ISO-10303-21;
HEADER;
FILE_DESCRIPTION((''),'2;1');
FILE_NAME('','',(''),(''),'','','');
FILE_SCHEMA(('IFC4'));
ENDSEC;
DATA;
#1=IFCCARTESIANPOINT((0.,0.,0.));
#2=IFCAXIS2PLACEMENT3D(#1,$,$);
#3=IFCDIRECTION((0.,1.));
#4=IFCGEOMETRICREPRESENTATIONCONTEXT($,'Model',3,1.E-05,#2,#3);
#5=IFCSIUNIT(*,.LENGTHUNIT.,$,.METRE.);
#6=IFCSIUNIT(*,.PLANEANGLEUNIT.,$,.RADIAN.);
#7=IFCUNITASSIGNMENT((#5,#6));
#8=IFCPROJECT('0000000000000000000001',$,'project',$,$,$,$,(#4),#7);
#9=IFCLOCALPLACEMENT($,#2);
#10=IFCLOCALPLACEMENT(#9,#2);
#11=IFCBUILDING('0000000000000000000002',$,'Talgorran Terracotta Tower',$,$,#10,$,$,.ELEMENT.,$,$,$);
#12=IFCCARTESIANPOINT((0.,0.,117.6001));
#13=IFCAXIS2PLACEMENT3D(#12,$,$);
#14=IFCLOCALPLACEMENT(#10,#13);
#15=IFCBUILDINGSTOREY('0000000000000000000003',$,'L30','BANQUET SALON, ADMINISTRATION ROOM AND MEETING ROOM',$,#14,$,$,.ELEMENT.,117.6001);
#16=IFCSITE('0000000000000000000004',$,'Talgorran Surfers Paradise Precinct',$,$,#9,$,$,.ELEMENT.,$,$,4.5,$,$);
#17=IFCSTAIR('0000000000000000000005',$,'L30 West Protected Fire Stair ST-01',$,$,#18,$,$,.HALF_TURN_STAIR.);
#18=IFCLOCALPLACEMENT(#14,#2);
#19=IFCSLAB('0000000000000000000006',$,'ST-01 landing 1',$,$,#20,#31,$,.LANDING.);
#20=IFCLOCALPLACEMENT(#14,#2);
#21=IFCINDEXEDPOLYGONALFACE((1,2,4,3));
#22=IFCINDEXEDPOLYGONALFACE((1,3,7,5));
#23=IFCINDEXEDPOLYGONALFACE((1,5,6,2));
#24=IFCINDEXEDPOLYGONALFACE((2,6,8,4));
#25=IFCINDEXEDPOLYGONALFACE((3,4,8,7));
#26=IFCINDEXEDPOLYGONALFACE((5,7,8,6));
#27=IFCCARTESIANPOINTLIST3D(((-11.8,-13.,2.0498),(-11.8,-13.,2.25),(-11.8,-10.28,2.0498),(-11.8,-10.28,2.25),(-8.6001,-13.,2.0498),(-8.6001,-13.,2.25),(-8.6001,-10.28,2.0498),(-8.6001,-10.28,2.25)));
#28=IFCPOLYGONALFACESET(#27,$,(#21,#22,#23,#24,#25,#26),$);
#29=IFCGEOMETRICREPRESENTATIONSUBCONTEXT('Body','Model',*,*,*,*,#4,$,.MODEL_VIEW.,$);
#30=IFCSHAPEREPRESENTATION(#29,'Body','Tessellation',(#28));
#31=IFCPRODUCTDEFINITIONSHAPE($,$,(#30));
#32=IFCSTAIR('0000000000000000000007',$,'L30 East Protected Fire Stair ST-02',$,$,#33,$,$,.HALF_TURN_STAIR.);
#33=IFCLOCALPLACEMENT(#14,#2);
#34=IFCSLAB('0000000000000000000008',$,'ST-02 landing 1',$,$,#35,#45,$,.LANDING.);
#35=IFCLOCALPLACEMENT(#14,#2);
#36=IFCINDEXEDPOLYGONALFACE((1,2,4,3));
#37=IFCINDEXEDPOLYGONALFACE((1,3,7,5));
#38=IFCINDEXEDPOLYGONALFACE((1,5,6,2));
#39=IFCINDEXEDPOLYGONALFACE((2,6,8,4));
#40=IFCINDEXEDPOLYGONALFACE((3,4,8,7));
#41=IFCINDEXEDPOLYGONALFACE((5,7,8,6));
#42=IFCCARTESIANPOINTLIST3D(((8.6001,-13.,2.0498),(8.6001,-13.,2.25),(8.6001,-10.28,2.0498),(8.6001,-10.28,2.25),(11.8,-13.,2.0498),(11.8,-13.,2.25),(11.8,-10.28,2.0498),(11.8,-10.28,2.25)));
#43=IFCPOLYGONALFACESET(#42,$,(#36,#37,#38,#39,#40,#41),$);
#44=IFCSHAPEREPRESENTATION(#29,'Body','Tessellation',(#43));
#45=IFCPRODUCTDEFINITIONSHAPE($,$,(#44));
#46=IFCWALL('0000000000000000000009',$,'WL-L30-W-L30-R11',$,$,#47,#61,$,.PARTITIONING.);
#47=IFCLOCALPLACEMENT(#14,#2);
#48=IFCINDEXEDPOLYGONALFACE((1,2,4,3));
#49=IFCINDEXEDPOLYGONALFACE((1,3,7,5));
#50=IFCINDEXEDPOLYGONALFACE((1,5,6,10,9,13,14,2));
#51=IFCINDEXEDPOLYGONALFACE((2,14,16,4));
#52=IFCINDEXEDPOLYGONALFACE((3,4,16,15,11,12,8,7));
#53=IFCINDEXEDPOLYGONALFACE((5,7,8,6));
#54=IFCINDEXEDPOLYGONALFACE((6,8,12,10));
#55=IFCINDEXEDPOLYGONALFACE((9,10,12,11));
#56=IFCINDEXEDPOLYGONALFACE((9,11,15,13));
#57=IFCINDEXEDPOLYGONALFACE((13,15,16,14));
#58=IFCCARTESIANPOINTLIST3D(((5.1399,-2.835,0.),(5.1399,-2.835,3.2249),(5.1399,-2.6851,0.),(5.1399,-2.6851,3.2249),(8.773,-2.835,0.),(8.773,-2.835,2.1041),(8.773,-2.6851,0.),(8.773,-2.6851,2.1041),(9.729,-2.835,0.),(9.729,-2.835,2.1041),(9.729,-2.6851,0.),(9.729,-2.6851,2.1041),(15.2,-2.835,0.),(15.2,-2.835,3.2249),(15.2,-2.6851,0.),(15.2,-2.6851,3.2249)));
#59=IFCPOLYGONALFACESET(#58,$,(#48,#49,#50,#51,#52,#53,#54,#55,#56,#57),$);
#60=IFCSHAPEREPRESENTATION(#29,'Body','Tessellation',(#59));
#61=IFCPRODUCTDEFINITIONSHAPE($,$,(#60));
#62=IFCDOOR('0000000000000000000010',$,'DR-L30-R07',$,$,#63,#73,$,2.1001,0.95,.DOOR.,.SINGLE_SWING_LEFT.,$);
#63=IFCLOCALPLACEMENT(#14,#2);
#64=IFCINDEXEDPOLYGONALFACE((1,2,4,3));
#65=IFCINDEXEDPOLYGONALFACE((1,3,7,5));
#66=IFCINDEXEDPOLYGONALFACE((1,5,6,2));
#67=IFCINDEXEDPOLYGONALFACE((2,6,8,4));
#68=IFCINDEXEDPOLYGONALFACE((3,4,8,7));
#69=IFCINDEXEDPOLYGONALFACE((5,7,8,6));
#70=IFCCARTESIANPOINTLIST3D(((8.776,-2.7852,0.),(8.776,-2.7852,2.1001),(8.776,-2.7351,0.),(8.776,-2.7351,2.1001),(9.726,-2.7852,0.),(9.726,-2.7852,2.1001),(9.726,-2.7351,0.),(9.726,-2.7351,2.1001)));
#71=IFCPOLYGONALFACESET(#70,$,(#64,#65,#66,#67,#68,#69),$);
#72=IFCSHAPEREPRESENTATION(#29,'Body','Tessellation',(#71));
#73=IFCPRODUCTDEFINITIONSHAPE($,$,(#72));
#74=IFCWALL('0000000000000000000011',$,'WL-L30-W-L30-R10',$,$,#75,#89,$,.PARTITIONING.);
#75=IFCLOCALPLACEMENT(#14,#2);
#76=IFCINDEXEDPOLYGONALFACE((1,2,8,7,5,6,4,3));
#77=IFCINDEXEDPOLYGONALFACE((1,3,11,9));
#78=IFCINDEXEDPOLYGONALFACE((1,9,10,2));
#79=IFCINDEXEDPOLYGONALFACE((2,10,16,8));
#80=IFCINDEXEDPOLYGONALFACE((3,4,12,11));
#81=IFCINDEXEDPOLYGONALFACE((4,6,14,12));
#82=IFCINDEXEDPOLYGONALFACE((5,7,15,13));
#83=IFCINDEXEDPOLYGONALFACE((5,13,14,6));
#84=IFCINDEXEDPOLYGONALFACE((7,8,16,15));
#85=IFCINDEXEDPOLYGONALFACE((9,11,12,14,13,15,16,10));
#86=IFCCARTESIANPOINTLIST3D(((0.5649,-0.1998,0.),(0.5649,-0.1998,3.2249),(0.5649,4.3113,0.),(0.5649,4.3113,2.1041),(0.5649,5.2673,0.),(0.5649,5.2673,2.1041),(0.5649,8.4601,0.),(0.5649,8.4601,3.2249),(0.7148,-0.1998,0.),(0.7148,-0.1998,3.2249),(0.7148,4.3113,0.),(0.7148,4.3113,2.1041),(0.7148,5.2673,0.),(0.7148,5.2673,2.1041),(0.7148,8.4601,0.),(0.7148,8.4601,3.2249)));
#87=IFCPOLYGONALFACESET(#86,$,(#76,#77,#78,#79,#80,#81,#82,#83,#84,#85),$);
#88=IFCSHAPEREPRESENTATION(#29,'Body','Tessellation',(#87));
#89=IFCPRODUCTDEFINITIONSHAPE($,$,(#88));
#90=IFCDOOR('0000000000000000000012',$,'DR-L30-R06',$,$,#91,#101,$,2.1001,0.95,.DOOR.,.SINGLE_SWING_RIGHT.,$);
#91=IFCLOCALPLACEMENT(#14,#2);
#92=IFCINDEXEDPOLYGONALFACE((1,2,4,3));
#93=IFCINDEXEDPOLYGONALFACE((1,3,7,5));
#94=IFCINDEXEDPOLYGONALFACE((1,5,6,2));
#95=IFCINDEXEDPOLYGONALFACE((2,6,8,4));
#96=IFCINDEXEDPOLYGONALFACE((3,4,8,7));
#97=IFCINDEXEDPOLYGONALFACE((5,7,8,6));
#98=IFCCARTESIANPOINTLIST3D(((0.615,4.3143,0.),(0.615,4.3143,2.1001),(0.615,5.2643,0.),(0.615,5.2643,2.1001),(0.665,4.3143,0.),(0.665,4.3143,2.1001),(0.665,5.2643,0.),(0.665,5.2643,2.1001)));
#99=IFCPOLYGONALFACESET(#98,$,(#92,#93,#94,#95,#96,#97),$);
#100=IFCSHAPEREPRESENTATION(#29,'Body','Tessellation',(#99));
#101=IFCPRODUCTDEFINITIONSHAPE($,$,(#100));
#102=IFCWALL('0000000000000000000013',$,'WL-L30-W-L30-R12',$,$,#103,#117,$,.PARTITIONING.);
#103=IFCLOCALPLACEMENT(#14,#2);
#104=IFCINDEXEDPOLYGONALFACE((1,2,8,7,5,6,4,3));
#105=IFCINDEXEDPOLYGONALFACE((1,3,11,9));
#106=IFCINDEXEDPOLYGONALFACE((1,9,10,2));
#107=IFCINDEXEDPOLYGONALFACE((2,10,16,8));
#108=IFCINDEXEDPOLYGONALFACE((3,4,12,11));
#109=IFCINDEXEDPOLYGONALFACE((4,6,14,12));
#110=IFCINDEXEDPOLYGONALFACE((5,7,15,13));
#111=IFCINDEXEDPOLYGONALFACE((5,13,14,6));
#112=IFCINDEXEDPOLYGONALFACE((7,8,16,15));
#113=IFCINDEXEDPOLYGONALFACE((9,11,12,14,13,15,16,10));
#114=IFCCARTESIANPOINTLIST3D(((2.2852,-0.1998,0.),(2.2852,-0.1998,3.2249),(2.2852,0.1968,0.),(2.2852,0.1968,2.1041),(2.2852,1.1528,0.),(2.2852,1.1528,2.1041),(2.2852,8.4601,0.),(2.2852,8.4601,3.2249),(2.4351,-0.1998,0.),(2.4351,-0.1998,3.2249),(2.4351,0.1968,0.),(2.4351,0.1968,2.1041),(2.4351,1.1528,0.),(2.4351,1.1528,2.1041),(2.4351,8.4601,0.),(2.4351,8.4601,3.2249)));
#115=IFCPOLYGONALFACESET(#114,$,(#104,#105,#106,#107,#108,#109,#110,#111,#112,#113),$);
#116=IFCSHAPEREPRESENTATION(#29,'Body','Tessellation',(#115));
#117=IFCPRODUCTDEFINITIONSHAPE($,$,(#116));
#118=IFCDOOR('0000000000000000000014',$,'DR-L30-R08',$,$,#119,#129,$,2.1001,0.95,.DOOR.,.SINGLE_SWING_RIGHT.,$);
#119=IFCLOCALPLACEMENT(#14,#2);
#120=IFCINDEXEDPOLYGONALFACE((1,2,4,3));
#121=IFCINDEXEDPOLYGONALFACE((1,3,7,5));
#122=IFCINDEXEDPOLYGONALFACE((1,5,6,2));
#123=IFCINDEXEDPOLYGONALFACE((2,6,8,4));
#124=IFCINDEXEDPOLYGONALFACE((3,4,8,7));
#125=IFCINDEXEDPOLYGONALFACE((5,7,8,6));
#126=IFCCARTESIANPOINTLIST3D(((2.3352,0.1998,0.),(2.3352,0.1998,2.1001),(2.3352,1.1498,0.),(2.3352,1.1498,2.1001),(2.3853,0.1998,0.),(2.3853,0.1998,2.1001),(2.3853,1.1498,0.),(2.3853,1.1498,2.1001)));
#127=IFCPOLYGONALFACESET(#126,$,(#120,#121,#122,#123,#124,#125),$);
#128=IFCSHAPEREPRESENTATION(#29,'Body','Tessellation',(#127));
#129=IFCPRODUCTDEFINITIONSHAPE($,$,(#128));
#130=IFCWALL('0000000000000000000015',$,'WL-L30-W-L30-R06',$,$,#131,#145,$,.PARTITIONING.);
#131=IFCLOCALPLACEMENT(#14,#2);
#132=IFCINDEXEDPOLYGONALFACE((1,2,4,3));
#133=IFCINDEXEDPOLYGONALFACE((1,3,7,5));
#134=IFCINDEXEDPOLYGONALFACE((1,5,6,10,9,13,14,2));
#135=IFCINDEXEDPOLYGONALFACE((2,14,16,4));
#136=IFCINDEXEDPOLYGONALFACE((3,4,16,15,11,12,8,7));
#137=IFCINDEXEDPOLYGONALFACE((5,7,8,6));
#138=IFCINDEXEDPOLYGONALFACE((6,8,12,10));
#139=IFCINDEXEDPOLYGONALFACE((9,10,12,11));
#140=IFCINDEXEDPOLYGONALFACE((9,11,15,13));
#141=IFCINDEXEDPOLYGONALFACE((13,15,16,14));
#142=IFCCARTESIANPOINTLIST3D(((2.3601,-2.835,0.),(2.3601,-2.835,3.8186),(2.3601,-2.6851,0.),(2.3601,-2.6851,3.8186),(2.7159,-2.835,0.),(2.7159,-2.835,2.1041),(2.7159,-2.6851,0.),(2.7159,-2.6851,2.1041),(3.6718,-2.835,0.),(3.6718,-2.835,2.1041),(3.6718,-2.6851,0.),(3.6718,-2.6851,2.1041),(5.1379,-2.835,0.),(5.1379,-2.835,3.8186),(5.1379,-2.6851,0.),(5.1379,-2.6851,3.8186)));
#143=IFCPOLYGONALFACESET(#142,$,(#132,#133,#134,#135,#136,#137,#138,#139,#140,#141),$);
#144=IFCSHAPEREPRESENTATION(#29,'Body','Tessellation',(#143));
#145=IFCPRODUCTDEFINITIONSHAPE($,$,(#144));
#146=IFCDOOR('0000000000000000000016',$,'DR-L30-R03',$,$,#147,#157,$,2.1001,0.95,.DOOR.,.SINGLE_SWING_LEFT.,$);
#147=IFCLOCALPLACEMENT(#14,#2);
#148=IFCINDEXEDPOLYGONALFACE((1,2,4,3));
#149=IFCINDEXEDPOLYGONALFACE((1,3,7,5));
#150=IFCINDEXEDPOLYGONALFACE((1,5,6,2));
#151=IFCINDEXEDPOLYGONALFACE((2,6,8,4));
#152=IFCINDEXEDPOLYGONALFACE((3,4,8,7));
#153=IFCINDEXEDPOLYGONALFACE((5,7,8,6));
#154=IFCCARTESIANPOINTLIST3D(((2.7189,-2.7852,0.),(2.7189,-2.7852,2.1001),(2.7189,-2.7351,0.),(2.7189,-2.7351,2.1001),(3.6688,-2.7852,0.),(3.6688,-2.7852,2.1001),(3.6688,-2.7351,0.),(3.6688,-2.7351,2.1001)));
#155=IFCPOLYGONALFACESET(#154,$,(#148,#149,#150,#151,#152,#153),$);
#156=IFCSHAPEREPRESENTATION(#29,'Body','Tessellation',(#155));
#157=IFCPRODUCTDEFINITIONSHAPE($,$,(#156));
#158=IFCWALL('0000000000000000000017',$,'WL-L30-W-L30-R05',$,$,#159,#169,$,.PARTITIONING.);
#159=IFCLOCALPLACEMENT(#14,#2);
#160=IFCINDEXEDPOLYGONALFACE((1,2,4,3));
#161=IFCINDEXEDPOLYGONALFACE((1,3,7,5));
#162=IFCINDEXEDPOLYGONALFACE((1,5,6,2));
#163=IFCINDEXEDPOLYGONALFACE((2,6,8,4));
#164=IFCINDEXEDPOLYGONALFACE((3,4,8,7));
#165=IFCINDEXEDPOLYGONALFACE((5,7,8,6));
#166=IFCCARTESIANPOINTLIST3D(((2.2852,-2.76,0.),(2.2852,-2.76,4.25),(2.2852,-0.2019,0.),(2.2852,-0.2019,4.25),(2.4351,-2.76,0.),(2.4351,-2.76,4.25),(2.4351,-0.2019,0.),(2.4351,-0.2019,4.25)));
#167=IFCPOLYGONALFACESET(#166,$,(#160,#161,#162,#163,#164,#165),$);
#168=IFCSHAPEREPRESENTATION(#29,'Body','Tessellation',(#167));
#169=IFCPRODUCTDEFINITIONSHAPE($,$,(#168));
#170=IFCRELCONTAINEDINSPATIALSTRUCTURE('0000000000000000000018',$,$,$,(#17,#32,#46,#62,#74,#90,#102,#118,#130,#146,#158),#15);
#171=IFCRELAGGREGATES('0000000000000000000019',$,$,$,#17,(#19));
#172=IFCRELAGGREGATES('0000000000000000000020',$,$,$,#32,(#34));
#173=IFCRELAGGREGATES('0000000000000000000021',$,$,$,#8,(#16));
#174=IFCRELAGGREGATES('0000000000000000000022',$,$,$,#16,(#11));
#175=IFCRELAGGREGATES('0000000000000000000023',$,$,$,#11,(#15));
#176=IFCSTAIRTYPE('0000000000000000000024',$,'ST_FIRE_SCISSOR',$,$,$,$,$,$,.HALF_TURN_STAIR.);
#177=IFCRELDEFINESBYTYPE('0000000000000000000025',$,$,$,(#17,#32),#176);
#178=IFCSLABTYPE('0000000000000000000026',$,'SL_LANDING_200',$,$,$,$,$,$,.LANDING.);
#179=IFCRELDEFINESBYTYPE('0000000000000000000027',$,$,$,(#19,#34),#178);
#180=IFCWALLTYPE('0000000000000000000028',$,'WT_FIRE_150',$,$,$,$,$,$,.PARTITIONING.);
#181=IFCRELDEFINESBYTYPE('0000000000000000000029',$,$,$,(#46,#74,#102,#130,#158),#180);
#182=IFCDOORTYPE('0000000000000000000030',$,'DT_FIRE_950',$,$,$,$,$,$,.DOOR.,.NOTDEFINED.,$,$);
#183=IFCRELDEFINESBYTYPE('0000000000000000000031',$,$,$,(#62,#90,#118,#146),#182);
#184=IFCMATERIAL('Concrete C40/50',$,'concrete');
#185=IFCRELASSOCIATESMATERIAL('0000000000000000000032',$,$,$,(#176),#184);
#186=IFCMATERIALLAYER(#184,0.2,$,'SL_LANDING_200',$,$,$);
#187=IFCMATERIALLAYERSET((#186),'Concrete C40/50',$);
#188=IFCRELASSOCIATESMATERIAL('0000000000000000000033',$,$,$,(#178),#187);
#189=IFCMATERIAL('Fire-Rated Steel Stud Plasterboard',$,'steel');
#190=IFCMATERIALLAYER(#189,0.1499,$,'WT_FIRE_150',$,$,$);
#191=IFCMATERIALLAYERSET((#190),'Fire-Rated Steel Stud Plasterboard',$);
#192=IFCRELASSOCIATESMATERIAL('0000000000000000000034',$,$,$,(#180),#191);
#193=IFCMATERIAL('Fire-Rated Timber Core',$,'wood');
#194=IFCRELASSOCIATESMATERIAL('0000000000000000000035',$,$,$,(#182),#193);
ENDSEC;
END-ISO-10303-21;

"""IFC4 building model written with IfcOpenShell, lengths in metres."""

from ifc_helpers import new_model, si_unit, direction, frame, frame_2d, origin, place, context, subcontext, project, spatial, polyline, rectangle, outline, extrude, material, layer, layer_set, type_object, element, fill, aggregate, save


model = new_model("IFC4")

# Units and contexts
model_context = context("Model", 3, precision=1e-05, world=origin(), true_north=direction((0.0, 1.0)))
body_context = subcontext(model_context, "Body", "Model", "MODEL_VIEW")
ifc_project = project(units=[si_unit("LENGTHUNIT", "METRE"), si_unit("PLANEANGLEUNIT", "RADIAN")], contexts=[model_context])

# Site, building, storey
site_placement = place(None, origin())
site = spatial("IfcSite", under=ifc_project, at=site_placement, Name="Talgorran Surfers Paradise Precinct", CompositionType="ELEMENT", RefElevation=4.5)
building_placement = place(site_placement, origin())
building = spatial("IfcBuilding", under=site, at=building_placement, Name="Talgorran Terracotta Tower", CompositionType="ELEMENT")
storey_placement = place(building_placement, frame((0.0, 0.0, 117.6001)))
storey = spatial("IfcBuildingStorey", under=building, at=storey_placement, Name="L30", Description="BANQUET SALON, ADMINISTRATION ROOM AND MEETING ROOM", CompositionType="ELEMENT", Elevation=117.6001)

# Stairs, slabs
ifc_material_1 = material(Name="Concrete C40/50", Category="concrete")
stair_type = type_object("IfcStairType", Name="ST_FIRE_SCISSOR", PredefinedType="HALF_TURN_STAIR", material=ifc_material_1)
stair_1_placement = place(storey_placement, origin())
stair_1 = element("IfcStair", 1, at=stair_1_placement, inside=storey, type_object=stair_type, Name="L30 West Protected Fire Stair ST-01", PredefinedType="HALF_TURN_STAIR")
ifc_layer_1 = layer(ifc_material_1, 0.2, Name="SL_LANDING_200")
ifc_layer_set_1 = layer_set([ifc_layer_1], Name="Concrete C40/50")
slab_type = type_object("IfcSlabType", Name="SL_LANDING_200", PredefinedType="LANDING", material=ifc_layer_set_1)
slab_1_placement = place(storey_placement, frame((0.0, 0.0, 2.0498)))
slab_1 = element("IfcSlab", 2, at=slab_1_placement, type_object=slab_type, Name="ST-01 landing 1", PredefinedType="LANDING", context=body_context, shape_type="SweptSolid", body=[
    extrude(outline(polyline([(-11.8, -10.28), (-11.8, -13.0), (-8.6001, -13.0), (-8.6001, -10.28), (-11.8, -10.28)])), origin(), (0.0, 0.0, 1.0), 0.2002),
])
aggregate(stair_1, [slab_1])
stair_2_placement = place(storey_placement, origin())
stair_2 = element("IfcStair", 3, at=stair_2_placement, inside=storey, type_object=stair_type, Name="L30 East Protected Fire Stair ST-02", PredefinedType="HALF_TURN_STAIR")
slab_2_placement = place(storey_placement, frame((0.0, 0.0, 2.0498)))
slab_2 = element("IfcSlab", 4, at=slab_2_placement, type_object=slab_type, Name="ST-02 landing 1", PredefinedType="LANDING", context=body_context, shape_type="SweptSolid", body=[
    extrude(outline(polyline([(8.6001, -10.28), (8.6001, -13.0), (11.8, -13.0), (11.8, -10.28), (8.6001, -10.28)])), origin(), (0.0, 0.0, 1.0), 0.2002),
])
aggregate(stair_2, [slab_2])

# Walls, openings, doors
ifc_material_2 = material(Name="Fire-Rated Steel Stud Plasterboard", Category="steel")
ifc_layer_2 = layer(ifc_material_2, 0.1499, Name="WT_FIRE_150")
ifc_layer_set_2 = layer_set([ifc_layer_2], Name="Fire-Rated Steel Stud Plasterboard")
wall_type_1 = type_object("IfcWallType", Name="WT_FIRE_150", PredefinedType="PARTITIONING", material=ifc_layer_set_2)
wall_1_placement = place(storey_placement, frame((5.1399, -2.76, 0.0), z_axis=(0.0, 0.0, 1.0), x_axis=(1.0, 0.0, 0.0)))
wall_1 = element("IfcWall", 5, at=wall_1_placement, inside=storey, type_object=wall_type_1, Name="WL-L30-W-L30-R11", PredefinedType="PARTITIONING", context=body_context, shape_type="SweptSolid", body=[
    extrude(rectangle(XDim=10.0601, YDim=0.1499, at=frame_2d((5.03, 0.0))), origin(), (0.0, 0.0, 1.0), 3.2249),
])
opening_1_placement = place(wall_1_placement, frame((3.636, 0.0, 0.0)))
opening_1 = element("IfcOpeningElement", 6, at=opening_1_placement, cuts=wall_1, PredefinedType="OPENING", context=body_context, shape_type="SweptSolid", body=[
    extrude(rectangle(XDim=0.956, YDim=2.1041, at=frame_2d((0.4751, 1.052))), frame((0.0, 0.085, 0.0), z_axis=(0.0, -1.0, 0.0), x_axis=(1.0, 0.0, 0.0)), (0.0, 0.0, 1.0), 0.1699),
])
ifc_material_3 = material(Name="Fire-Rated Timber Core", Category="wood")
door_type = type_object("IfcDoorType", Name="DT_FIRE_950", OperationType="NOTDEFINED", PredefinedType="DOOR", material=ifc_material_3)
door_1_placement = place(opening_1_placement, origin())
door_1 = element("IfcDoor", 7, at=door_1_placement, inside=storey, type_object=door_type, Name="DR-L30-R07", OperationType="SINGLE_SWING_LEFT", OverallHeight=2.1001, OverallWidth=0.95, PredefinedType="DOOR", context=body_context, shape_type="SweptSolid", body=[
    extrude(rectangle(XDim=0.95, YDim=2.1001, at=frame_2d((0.4751, 1.05))), frame((0.0, 0.0249, 0.0), z_axis=(0.0, -1.0, 0.0), x_axis=(1.0, 0.0, 0.0)), (0.0, 0.0, 1.0), 0.05),
])
fill(opening_1, door_1)
wall_2_placement = place(storey_placement, frame((0.6399, -0.2, 0.0), z_axis=(0.0, 0.0, 1.0), x_axis=(0.0, 1.0, 0.0)))
wall_2 = element("IfcWall", 8, at=wall_2_placement, inside=storey, type_object=wall_type_1, Name="WL-L30-W-L30-R10", PredefinedType="PARTITIONING", context=body_context, shape_type="SweptSolid", body=[
    extrude(rectangle(XDim=8.6599, YDim=0.1499, at=frame_2d((4.3301, 0.0))), origin(), (0.0, 0.0, 1.0), 3.2249),
])
opening_2_placement = place(wall_2_placement, frame((4.5142, 0.0, 0.0)))
opening_2 = element("IfcOpeningElement", 9, at=opening_2_placement, cuts=wall_2, PredefinedType="OPENING", context=body_context, shape_type="SweptSolid", body=[
    extrude(rectangle(XDim=0.956, YDim=2.1041, at=frame_2d((0.4751, 1.052))), frame((0.0, 0.085, 0.0), z_axis=(0.0, -1.0, 0.0), x_axis=(1.0, 0.0, 0.0)), (0.0, 0.0, 1.0), 0.1699),
])
door_2_placement = place(opening_2_placement, origin())
door_2 = element("IfcDoor", 10, at=door_2_placement, inside=storey, type_object=door_type, Name="DR-L30-R06", OperationType="SINGLE_SWING_RIGHT", OverallHeight=2.1001, OverallWidth=0.95, PredefinedType="DOOR", context=body_context, shape_type="SweptSolid", body=[
    extrude(rectangle(XDim=0.95, YDim=2.1001, at=frame_2d((0.4751, 1.05))), frame((0.0, 0.0249, 0.0), z_axis=(0.0, -1.0, 0.0), x_axis=(1.0, 0.0, 0.0)), (0.0, 0.0, 1.0), 0.05),
])
fill(opening_2, door_2)
wall_3_placement = place(storey_placement, frame((2.3601, -0.2, 0.0), z_axis=(0.0, 0.0, 1.0), x_axis=(0.0, 1.0, 0.0)))
wall_3 = element("IfcWall", 11, at=wall_3_placement, inside=storey, type_object=wall_type_1, Name="WL-L30-W-L30-R12", PredefinedType="PARTITIONING", context=body_context, shape_type="SweptSolid", body=[
    extrude(rectangle(XDim=8.6599, YDim=0.1499, at=frame_2d((4.3301, 0.0))), origin(), (0.0, 0.0, 1.0), 3.2249),
])
opening_3_placement = place(wall_3_placement, frame((0.3997, 0.0, 0.0)))
opening_3 = element("IfcOpeningElement", 12, at=opening_3_placement, cuts=wall_3, PredefinedType="OPENING", context=body_context, shape_type="SweptSolid", body=[
    extrude(rectangle(XDim=0.956, YDim=2.1041, at=frame_2d((0.4751, 1.052))), frame((0.0, 0.085, 0.0), z_axis=(0.0, -1.0, 0.0), x_axis=(1.0, 0.0, 0.0)), (0.0, 0.0, 1.0), 0.1699),
])
door_3_placement = place(opening_3_placement, origin())
door_3 = element("IfcDoor", 13, at=door_3_placement, inside=storey, type_object=door_type, Name="DR-L30-R08", OperationType="SINGLE_SWING_RIGHT", OverallHeight=2.1001, OverallWidth=0.95, PredefinedType="DOOR", context=body_context, shape_type="SweptSolid", body=[
    extrude(rectangle(XDim=0.95, YDim=2.1001, at=frame_2d((0.4751, 1.05))), frame((0.0, 0.0249, 0.0), z_axis=(0.0, -1.0, 0.0), x_axis=(1.0, 0.0, 0.0)), (0.0, 0.0, 1.0), 0.05),
])
fill(opening_3, door_3)
wall_4_placement = place(storey_placement, frame((2.3601, -2.76, 0.0), z_axis=(0.0, 0.0, 1.0), x_axis=(1.0, 0.0, 0.0)))
wall_4 = element("IfcWall", 14, at=wall_4_placement, inside=storey, type_object=wall_type_1, Name="WL-L30-W-L30-R06", PredefinedType="PARTITIONING", context=body_context, shape_type="SweptSolid", body=[
    extrude(rectangle(XDim=2.7778, YDim=0.1499, at=frame_2d((1.3889, 0.0))), origin(), (0.0, 0.0, 1.0), 3.8186),
])
opening_4_placement = place(wall_4_placement, frame((0.3586, 0.0, 0.0)))
opening_4 = element("IfcOpeningElement", 15, at=opening_4_placement, cuts=wall_4, PredefinedType="OPENING", context=body_context, shape_type="SweptSolid", body=[
    extrude(rectangle(XDim=0.956, YDim=2.1041, at=frame_2d((0.4751, 1.052))), frame((0.0, 0.085, 0.0), z_axis=(0.0, -1.0, 0.0), x_axis=(1.0, 0.0, 0.0)), (0.0, 0.0, 1.0), 0.1699),
])
door_4_placement = place(opening_4_placement, origin())
door_4 = element("IfcDoor", 16, at=door_4_placement, inside=storey, type_object=door_type, Name="DR-L30-R03", OperationType="SINGLE_SWING_LEFT", OverallHeight=2.1001, OverallWidth=0.95, PredefinedType="DOOR", context=body_context, shape_type="SweptSolid", body=[
    extrude(rectangle(XDim=0.95, YDim=2.1001, at=frame_2d((0.4751, 1.05))), frame((0.0, 0.0249, 0.0), z_axis=(0.0, -1.0, 0.0), x_axis=(1.0, 0.0, 0.0)), (0.0, 0.0, 1.0), 0.05),
])
fill(opening_4, door_4)

# Wall
wall_5_placement = place(storey_placement, frame((2.3601, -2.76, 0.0), z_axis=(0.0, 0.0, 1.0), x_axis=(0.0, 1.0, 0.0)))
element("IfcWall", 17, at=wall_5_placement, inside=storey, type_object=wall_type_1, Name="WL-L30-W-L30-R05", PredefinedType="PARTITIONING", context=body_context, shape_type="SweptSolid", body=[
    extrude(rectangle(XDim=2.5581, YDim=0.1499, at=frame_2d((1.2791, 0.0))), origin(), (0.0, 0.0, 1.0), 4.25),
])

save(model, "model.ifc")
